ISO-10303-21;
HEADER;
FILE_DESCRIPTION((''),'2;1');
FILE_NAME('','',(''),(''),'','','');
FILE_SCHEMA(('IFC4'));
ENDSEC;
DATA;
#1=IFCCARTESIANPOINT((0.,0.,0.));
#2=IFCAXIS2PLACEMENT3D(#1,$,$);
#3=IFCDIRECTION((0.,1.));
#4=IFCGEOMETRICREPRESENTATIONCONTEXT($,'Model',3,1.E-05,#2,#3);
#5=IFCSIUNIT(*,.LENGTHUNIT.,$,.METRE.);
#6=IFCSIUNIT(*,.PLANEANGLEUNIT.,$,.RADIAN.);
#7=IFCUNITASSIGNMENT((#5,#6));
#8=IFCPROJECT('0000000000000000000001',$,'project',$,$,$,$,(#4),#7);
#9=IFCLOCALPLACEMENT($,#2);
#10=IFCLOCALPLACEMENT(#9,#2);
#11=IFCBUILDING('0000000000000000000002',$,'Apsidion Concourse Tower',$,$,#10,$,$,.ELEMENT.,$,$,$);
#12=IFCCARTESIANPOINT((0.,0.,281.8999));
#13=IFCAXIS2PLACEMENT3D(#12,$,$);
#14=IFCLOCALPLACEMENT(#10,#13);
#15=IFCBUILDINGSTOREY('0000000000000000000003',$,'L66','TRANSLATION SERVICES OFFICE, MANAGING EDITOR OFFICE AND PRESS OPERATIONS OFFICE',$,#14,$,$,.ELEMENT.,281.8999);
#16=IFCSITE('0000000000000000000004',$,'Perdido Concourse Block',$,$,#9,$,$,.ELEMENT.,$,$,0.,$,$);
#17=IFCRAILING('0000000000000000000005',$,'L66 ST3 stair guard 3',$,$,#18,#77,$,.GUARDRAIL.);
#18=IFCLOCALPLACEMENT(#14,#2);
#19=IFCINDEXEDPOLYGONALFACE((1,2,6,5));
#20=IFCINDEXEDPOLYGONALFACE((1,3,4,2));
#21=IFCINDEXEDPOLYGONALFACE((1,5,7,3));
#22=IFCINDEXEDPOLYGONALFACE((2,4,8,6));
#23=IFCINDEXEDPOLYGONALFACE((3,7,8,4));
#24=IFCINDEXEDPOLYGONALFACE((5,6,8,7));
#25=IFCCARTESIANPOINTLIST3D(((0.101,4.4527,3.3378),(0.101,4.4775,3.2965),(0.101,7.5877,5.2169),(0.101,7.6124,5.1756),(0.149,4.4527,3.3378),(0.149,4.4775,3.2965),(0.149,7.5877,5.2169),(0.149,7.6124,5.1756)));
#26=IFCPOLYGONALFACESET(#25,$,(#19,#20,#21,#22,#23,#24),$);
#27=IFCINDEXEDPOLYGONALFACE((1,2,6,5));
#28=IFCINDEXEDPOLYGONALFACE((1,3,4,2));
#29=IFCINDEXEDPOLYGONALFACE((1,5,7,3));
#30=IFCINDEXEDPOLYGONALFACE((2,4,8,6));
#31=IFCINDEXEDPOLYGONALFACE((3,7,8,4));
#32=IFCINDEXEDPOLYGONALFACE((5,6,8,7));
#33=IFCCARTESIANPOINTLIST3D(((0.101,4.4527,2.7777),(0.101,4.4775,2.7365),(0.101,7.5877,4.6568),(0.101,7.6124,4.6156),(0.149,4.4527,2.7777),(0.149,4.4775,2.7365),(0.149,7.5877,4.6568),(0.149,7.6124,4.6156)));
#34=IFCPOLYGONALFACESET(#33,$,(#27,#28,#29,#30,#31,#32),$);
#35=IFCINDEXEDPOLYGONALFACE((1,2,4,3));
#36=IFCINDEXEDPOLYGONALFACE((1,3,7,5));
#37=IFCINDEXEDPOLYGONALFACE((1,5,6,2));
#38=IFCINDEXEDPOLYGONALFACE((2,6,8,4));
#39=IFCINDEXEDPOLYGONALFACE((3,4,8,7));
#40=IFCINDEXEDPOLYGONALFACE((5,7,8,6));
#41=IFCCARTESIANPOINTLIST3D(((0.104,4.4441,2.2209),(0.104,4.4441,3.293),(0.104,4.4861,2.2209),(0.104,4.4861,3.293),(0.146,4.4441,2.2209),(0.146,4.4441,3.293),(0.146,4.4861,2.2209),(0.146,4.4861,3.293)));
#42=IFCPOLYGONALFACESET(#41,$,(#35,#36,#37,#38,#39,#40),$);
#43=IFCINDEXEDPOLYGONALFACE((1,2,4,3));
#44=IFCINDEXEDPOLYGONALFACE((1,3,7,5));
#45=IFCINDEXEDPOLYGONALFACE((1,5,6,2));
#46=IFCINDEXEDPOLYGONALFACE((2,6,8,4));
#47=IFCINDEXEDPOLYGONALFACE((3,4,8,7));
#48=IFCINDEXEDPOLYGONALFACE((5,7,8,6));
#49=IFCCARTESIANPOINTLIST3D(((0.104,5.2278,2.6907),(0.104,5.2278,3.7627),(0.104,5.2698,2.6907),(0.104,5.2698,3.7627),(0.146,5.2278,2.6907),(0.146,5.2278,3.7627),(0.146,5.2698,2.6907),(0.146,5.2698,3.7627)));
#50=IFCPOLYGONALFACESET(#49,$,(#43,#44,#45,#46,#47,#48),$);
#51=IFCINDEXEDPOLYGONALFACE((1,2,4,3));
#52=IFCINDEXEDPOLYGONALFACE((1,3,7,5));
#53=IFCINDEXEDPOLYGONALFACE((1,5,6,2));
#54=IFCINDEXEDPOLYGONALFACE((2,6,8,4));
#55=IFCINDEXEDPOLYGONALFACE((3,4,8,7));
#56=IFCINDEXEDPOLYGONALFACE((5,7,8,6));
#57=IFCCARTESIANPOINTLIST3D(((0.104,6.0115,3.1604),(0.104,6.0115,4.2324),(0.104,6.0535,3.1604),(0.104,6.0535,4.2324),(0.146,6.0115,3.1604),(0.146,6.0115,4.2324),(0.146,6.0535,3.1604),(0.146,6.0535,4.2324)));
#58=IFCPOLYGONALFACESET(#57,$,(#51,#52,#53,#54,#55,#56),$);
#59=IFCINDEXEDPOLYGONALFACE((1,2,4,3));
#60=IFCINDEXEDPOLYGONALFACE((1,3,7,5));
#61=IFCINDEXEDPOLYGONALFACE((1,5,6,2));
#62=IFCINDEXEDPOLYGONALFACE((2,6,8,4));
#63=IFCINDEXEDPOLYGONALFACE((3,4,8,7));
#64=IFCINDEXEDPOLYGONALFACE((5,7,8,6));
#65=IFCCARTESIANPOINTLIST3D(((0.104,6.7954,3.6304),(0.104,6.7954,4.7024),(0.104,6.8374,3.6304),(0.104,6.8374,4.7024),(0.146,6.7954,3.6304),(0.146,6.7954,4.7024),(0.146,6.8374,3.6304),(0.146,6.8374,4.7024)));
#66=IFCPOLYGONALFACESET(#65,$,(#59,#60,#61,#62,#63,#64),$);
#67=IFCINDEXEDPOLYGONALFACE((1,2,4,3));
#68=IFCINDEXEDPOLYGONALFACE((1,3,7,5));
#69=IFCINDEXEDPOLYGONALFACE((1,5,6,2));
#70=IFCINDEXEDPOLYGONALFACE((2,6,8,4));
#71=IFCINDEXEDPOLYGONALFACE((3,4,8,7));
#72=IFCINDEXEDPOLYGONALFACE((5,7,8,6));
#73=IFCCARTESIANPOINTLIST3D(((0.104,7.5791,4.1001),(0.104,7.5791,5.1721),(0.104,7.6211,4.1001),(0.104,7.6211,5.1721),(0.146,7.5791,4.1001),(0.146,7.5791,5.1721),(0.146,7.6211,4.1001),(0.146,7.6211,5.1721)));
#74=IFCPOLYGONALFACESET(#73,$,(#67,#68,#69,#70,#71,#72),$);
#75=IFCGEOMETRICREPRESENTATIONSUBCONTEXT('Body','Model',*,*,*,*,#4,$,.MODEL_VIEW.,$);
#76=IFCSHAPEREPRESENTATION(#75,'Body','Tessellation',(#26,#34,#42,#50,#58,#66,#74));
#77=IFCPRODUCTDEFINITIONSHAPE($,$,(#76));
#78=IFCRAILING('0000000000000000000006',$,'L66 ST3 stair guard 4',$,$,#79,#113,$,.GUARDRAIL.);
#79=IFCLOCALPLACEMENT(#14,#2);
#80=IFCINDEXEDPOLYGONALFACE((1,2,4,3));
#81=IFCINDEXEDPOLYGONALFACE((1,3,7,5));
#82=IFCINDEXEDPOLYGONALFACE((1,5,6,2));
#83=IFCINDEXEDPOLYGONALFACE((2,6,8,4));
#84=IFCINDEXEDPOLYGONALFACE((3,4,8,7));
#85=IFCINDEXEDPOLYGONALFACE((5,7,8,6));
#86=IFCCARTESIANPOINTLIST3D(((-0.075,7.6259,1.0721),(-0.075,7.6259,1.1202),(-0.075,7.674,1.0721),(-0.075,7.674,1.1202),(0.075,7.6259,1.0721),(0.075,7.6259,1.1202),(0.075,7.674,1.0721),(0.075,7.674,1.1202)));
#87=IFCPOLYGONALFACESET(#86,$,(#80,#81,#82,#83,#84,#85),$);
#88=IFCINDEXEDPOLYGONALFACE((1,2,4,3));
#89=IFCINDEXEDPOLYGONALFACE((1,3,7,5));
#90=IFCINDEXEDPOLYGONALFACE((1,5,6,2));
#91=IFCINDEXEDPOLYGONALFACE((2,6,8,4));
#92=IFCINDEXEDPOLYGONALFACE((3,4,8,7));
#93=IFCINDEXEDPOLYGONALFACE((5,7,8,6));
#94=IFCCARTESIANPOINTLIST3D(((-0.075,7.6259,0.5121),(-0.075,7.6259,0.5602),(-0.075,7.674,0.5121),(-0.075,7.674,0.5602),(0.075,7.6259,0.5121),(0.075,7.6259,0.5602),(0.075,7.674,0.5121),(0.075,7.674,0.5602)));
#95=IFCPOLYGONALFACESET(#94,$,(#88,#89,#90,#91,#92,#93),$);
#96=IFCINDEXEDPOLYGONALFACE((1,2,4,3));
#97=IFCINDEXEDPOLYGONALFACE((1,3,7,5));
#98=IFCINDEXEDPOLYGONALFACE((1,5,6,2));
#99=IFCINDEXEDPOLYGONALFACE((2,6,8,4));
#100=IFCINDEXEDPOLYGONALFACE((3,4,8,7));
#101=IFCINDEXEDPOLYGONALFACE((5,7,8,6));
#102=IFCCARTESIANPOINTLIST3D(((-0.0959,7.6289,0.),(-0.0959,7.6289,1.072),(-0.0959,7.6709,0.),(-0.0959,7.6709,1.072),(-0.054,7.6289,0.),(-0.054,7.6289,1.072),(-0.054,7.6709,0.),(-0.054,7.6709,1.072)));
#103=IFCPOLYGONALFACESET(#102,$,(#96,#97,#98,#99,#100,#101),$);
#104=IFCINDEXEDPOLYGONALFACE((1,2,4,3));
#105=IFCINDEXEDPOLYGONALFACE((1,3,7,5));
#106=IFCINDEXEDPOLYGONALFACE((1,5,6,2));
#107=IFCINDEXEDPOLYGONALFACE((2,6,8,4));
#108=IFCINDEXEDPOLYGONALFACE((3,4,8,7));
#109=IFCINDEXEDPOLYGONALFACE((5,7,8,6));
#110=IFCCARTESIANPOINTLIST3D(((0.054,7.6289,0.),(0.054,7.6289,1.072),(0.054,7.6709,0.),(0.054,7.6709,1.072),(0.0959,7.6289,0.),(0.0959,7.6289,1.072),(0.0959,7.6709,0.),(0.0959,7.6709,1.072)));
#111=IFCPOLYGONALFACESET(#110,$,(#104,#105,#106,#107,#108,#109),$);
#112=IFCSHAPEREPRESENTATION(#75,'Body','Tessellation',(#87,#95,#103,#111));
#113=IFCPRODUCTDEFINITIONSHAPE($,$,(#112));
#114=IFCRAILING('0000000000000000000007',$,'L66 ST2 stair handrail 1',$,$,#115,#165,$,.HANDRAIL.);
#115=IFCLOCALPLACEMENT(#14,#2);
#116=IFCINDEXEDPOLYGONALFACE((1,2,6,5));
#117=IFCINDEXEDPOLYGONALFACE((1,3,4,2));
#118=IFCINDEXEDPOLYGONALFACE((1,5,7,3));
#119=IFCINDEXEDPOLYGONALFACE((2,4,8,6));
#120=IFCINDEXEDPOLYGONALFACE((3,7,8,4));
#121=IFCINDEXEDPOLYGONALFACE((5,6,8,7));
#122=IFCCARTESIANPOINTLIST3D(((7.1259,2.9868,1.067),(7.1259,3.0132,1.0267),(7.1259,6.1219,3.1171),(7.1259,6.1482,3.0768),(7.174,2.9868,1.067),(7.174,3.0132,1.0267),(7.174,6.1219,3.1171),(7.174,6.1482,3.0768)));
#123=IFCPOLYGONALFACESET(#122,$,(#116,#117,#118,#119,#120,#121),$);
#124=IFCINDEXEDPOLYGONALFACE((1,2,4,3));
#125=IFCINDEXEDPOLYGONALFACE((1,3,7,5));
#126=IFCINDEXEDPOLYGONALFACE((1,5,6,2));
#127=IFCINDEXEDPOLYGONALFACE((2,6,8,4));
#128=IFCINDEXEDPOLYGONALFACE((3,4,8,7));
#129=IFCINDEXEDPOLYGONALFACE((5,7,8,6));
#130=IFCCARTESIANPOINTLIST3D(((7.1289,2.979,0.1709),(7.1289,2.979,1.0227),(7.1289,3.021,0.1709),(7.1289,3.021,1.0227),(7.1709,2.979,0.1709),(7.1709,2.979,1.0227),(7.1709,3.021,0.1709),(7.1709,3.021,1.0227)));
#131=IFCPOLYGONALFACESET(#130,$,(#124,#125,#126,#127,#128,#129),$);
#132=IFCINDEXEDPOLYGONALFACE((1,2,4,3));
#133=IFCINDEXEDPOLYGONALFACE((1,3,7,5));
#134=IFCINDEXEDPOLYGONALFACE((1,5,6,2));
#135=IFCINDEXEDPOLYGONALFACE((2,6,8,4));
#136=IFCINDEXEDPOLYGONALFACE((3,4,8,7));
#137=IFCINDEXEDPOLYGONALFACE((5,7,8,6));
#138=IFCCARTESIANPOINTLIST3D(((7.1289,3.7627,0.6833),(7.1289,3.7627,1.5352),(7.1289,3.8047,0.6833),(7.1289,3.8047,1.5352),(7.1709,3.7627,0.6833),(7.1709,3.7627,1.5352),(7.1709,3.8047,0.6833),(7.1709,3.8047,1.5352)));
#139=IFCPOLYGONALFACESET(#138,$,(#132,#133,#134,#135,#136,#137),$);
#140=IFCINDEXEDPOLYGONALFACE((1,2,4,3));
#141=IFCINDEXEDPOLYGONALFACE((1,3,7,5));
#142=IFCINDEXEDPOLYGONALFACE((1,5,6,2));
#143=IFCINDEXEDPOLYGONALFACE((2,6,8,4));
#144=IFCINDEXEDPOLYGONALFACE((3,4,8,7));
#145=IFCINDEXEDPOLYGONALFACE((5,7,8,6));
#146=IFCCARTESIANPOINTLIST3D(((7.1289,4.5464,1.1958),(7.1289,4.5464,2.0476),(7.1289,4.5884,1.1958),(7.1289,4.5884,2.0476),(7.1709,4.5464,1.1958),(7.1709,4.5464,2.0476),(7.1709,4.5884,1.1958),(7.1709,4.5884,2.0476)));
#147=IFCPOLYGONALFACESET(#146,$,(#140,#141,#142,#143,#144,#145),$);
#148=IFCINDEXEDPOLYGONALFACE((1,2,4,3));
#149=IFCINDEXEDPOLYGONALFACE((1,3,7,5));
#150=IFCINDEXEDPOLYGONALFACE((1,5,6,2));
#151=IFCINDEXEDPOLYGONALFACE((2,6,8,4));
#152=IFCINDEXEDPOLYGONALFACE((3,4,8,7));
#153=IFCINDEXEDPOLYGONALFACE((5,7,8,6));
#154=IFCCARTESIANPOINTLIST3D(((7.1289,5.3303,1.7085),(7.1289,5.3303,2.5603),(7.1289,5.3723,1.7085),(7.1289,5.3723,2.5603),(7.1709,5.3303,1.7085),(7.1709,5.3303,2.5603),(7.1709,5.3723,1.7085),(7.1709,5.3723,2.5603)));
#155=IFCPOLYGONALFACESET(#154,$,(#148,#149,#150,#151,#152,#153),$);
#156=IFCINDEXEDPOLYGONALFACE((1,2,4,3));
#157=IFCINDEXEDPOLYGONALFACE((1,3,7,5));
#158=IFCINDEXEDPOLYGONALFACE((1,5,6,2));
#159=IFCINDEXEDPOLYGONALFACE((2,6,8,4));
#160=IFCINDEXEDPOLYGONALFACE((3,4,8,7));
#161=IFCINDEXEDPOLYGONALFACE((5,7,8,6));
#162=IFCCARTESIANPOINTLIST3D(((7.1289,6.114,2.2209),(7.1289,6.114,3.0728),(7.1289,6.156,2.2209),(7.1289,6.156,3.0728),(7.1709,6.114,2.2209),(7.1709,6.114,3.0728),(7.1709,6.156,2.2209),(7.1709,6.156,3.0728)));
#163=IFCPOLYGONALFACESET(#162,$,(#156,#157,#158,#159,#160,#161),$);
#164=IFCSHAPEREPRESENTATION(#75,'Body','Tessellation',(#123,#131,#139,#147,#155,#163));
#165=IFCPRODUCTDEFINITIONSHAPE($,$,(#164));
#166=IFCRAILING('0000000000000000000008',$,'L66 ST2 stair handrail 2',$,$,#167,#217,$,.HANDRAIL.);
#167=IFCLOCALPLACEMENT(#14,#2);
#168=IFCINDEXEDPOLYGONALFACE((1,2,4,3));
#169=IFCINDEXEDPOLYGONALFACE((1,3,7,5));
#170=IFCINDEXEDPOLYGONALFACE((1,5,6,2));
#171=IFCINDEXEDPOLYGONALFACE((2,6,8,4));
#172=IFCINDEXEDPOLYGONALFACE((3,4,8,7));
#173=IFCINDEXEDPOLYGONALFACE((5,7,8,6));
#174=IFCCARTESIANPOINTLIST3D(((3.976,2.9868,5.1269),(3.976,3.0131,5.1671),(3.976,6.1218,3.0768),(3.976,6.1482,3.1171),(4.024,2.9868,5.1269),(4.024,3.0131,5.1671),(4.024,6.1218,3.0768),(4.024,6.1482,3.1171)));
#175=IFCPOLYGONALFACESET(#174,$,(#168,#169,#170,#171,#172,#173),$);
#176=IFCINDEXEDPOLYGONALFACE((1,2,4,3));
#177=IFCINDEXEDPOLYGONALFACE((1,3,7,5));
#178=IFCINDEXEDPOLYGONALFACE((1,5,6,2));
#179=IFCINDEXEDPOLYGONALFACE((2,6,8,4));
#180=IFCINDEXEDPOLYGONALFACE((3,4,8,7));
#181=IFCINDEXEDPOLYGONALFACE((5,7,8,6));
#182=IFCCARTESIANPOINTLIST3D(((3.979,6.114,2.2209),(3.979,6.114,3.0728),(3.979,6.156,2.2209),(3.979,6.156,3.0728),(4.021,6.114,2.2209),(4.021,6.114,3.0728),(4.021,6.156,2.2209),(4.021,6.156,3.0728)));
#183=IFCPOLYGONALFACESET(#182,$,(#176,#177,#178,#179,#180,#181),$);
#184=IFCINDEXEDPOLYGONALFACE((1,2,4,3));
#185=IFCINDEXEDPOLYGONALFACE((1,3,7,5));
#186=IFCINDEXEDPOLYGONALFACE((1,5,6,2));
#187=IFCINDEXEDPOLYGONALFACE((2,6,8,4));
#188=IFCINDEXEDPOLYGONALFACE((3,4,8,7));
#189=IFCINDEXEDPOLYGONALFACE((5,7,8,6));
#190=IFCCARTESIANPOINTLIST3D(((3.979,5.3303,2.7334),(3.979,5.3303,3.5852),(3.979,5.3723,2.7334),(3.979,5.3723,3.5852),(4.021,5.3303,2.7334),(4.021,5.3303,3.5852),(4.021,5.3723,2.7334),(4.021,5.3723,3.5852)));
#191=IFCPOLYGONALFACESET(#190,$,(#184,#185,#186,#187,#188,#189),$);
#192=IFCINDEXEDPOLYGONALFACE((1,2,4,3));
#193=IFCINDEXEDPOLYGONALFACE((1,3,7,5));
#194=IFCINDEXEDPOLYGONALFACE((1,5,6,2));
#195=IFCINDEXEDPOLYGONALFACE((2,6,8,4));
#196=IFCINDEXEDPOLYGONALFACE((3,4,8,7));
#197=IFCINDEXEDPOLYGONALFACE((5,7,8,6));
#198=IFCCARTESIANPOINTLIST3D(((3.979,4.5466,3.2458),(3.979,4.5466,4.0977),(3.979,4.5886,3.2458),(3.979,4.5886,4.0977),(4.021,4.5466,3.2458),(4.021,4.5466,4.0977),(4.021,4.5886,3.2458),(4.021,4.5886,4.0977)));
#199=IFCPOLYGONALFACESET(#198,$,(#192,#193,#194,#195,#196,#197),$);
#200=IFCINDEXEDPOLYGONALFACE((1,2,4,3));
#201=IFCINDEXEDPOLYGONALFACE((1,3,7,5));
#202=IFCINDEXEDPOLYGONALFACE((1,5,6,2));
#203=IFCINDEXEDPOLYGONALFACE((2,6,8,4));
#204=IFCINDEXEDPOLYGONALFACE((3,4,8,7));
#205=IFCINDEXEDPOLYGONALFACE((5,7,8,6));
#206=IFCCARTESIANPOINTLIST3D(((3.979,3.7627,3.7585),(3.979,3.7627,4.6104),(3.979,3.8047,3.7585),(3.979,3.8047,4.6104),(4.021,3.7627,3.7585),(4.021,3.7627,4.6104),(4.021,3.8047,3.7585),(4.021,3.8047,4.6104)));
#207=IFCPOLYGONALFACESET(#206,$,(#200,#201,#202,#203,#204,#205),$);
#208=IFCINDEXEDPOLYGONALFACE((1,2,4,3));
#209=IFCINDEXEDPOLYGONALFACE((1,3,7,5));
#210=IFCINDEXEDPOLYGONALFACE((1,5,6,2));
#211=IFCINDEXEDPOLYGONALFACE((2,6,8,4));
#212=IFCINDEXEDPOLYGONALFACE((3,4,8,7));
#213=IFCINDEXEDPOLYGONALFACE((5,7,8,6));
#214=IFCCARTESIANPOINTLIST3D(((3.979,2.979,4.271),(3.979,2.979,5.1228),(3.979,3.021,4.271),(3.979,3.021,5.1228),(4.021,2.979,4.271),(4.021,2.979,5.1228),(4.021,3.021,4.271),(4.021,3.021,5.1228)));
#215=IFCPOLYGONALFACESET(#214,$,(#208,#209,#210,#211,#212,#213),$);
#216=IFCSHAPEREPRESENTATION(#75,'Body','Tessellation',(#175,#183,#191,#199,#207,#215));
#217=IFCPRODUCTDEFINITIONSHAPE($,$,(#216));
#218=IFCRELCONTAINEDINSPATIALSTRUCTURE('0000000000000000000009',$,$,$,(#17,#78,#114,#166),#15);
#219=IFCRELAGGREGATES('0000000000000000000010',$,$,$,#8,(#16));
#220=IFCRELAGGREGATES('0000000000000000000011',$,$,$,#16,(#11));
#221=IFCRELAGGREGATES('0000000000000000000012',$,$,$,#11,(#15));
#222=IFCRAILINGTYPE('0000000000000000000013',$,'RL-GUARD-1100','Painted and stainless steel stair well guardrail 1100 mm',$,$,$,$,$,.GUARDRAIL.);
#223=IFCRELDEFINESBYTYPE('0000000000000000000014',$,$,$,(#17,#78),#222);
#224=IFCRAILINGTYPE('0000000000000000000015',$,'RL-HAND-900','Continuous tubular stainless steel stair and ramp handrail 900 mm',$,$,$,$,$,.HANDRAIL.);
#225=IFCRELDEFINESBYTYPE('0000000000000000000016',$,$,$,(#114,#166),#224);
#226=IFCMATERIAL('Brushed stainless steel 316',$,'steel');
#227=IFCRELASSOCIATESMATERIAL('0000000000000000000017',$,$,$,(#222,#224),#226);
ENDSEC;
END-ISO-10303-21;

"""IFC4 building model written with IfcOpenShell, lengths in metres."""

from ifc_helpers import new_model, si_unit, direction, frame, origin, origin_2d, place, context, subcontext, project, spatial, rectangle, extrude, material, type_object, element, save


model = new_model("IFC4")

# Units and contexts
model_context = context("Model", 3, precision=1e-05, world=origin(), true_north=direction((0.0, 1.0)))
body_context = subcontext(model_context, "Body", "Model", "MODEL_VIEW")
ifc_project = project(units=[si_unit("LENGTHUNIT", "METRE"), si_unit("PLANEANGLEUNIT", "RADIAN")], contexts=[model_context])

# Site, building, storey
site_placement = place(None, origin())
site = spatial("IfcSite", under=ifc_project, at=site_placement, Name="Perdido Concourse Block", CompositionType="ELEMENT", RefElevation=0.0)
building_placement = place(site_placement, origin())
building = spatial("IfcBuilding", under=site, at=building_placement, Name="Apsidion Concourse Tower", CompositionType="ELEMENT")
storey_placement = place(building_placement, frame((0.0, 0.0, 281.8999)))
storey = spatial("IfcBuildingStorey", under=building, at=storey_placement, Name="L66", Description="TRANSLATION SERVICES OFFICE, MANAGING EDITOR OFFICE AND PRESS OPERATIONS OFFICE", CompositionType="ELEMENT", Elevation=281.8999)

# Railings
ifc_material_1 = material(Name="Brushed stainless steel 316", Category="steel")
railing_type_1 = type_object("IfcRailingType", Name="RL-GUARD-1100", Description="Painted and stainless steel stair well guardrail 1100 mm", PredefinedType="GUARDRAIL", material=ifc_material_1)
railing_1_placement = place(storey_placement, frame((0.125, 4.4651, 2.2209)))
element("IfcRailing", 1, at=railing_1_placement, inside=storey, type_object=railing_type_1, Name="L66 ST3 stair guard 3", PredefinedType="GUARDRAIL", context=body_context, shape_type="SweptSolid", body=[
    extrude(rectangle(XDim=0.0481, YDim=0.0481, at=origin_2d()), frame((0.0, 0.0, 1.0962), z_axis=(0.0, 0.857717, 0.514122), x_axis=(-1.0, 0.0, 0.0)), (0.0, 0.0, 1.0), 3.655),
    extrude(rectangle(XDim=0.0481, YDim=0.0481, at=origin_2d()), frame((0.0, 0.0, 0.5361), z_axis=(0.0, 0.857717, 0.514122), x_axis=(-1.0, 0.0, 0.0)), (0.0, 0.0, 1.0), 3.655),
    extrude(rectangle(XDim=0.042, YDim=0.042, at=origin_2d()), origin(), (0.0, 0.0, 1.0), 1.072),
    extrude(rectangle(XDim=0.042, YDim=0.042, at=origin_2d()), frame((0.0, 0.7837, 0.4697)), (0.0, 0.0, 1.0), 1.072),
    extrude(rectangle(XDim=0.042, YDim=0.042, at=origin_2d()), frame((0.0, 1.5674, 0.9395)), (0.0, 0.0, 1.0), 1.072),
    extrude(rectangle(XDim=0.042, YDim=0.042, at=origin_2d()), frame((0.0, 2.3513, 1.4094)), (0.0, 0.0, 1.0), 1.072),
    extrude(rectangle(XDim=0.042, YDim=0.042, at=origin_2d()), frame((0.0, 3.135, 1.8792)), (0.0, 0.0, 1.0), 1.072),
])
railing_2_placement = place(storey_placement, frame((-0.075, 7.6499, 0.0)))
element("IfcRailing", 2, at=railing_2_placement, inside=storey, type_object=railing_type_1, Name="L66 ST3 stair guard 4", PredefinedType="GUARDRAIL", context=body_context, shape_type="SweptSolid", body=[
    extrude(rectangle(XDim=0.0481, YDim=0.0481, at=origin_2d()), frame((0.0, 0.0, 1.0962), z_axis=(1.0, 0.0, 0.0), x_axis=(0.0, 1.0, 0.0)), (0.0, 0.0, 1.0), 0.1499),
    extrude(rectangle(XDim=0.0481, YDim=0.0481, at=origin_2d()), frame((0.0, 0.0, 0.5361), z_axis=(1.0, 0.0, 0.0), x_axis=(0.0, 1.0, 0.0)), (0.0, 0.0, 1.0), 0.1499),
    extrude(rectangle(XDim=0.042, YDim=0.042, at=origin_2d()), origin(), (0.0, 0.0, 1.0), 1.072),
    extrude(rectangle(XDim=0.042, YDim=0.042, at=origin_2d()), frame((0.1499, 0.0, 0.0)), (0.0, 0.0, 1.0), 1.072),
])
railing_type_2 = type_object("IfcRailingType", Name="RL-HAND-900", Description="Continuous tubular stainless steel stair and ramp handrail 900 mm", PredefinedType="HANDRAIL", material=ifc_material_1)
railing_3_placement = place(storey_placement, frame((7.1499, 3.0, 0.1709)))
element("IfcRailing", 3, at=railing_3_placement, inside=storey, type_object=railing_type_2, Name="L66 ST2 stair handrail 1", PredefinedType="HANDRAIL", context=body_context, shape_type="SweptSolid", body=[
    extrude(rectangle(XDim=0.0481, YDim=0.0481, at=origin_2d()), frame((0.0, 0.0, 0.876), z_axis=(0.0, 0.836941, 0.547293), x_axis=(-1.0, 0.0, 0.0)), (0.0, 0.0, 1.0), 3.7458),
    extrude(rectangle(XDim=0.042, YDim=0.042, at=origin_2d()), origin(), (0.0, 0.0, 1.0), 0.8518),
    extrude(rectangle(XDim=0.042, YDim=0.042, at=origin_2d()), frame((0.0, 0.7837, 0.5125)), (0.0, 0.0, 1.0), 0.8518),
    extrude(rectangle(XDim=0.042, YDim=0.042, at=origin_2d()), frame((0.0, 1.5674, 1.0249)), (0.0, 0.0, 1.0), 0.8518),
    extrude(rectangle(XDim=0.042, YDim=0.042, at=origin_2d()), frame((0.0, 2.3513, 1.5376)), (0.0, 0.0, 1.0), 0.8518),
    extrude(rectangle(XDim=0.042, YDim=0.042, at=origin_2d()), frame((0.0, 3.135, 2.05)), (0.0, 0.0, 1.0), 0.8518),
])
railing_4_placement = place(storey_placement, frame((4.0, 6.135, 2.2209)))
element("IfcRailing", 4, at=railing_4_placement, inside=storey, type_object=railing_type_2, Name="L66 ST2 stair handrail 2", PredefinedType="HANDRAIL", context=body_context, shape_type="SweptSolid", body=[
    extrude(rectangle(XDim=0.0481, YDim=0.0481, at=origin_2d()), frame((0.0, 0.0, 0.876), z_axis=(0.0, -0.836941, 0.547293), x_axis=(1.0, 0.0, 0.0)), (0.0, 0.0, 1.0), 3.7458),
    extrude(rectangle(XDim=0.042, YDim=0.042, at=origin_2d()), origin(), (0.0, 0.0, 1.0), 0.8518),
    extrude(rectangle(XDim=0.042, YDim=0.042, at=origin_2d()), frame((0.0, -0.7837, 0.5125)), (0.0, 0.0, 1.0), 0.8518),
    extrude(rectangle(XDim=0.042, YDim=0.042, at=origin_2d()), frame((0.0, -1.5674, 1.0249)), (0.0, 0.0, 1.0), 0.8518),
    extrude(rectangle(XDim=0.042, YDim=0.042, at=origin_2d()), frame((0.0, -2.3513, 1.5376)), (0.0, 0.0, 1.0), 0.8518),
    extrude(rectangle(XDim=0.042, YDim=0.042, at=origin_2d()), frame((0.0, -3.135, 2.05)), (0.0, 0.0, 1.0), 0.8518),
])

save(model, "model.ifc")
